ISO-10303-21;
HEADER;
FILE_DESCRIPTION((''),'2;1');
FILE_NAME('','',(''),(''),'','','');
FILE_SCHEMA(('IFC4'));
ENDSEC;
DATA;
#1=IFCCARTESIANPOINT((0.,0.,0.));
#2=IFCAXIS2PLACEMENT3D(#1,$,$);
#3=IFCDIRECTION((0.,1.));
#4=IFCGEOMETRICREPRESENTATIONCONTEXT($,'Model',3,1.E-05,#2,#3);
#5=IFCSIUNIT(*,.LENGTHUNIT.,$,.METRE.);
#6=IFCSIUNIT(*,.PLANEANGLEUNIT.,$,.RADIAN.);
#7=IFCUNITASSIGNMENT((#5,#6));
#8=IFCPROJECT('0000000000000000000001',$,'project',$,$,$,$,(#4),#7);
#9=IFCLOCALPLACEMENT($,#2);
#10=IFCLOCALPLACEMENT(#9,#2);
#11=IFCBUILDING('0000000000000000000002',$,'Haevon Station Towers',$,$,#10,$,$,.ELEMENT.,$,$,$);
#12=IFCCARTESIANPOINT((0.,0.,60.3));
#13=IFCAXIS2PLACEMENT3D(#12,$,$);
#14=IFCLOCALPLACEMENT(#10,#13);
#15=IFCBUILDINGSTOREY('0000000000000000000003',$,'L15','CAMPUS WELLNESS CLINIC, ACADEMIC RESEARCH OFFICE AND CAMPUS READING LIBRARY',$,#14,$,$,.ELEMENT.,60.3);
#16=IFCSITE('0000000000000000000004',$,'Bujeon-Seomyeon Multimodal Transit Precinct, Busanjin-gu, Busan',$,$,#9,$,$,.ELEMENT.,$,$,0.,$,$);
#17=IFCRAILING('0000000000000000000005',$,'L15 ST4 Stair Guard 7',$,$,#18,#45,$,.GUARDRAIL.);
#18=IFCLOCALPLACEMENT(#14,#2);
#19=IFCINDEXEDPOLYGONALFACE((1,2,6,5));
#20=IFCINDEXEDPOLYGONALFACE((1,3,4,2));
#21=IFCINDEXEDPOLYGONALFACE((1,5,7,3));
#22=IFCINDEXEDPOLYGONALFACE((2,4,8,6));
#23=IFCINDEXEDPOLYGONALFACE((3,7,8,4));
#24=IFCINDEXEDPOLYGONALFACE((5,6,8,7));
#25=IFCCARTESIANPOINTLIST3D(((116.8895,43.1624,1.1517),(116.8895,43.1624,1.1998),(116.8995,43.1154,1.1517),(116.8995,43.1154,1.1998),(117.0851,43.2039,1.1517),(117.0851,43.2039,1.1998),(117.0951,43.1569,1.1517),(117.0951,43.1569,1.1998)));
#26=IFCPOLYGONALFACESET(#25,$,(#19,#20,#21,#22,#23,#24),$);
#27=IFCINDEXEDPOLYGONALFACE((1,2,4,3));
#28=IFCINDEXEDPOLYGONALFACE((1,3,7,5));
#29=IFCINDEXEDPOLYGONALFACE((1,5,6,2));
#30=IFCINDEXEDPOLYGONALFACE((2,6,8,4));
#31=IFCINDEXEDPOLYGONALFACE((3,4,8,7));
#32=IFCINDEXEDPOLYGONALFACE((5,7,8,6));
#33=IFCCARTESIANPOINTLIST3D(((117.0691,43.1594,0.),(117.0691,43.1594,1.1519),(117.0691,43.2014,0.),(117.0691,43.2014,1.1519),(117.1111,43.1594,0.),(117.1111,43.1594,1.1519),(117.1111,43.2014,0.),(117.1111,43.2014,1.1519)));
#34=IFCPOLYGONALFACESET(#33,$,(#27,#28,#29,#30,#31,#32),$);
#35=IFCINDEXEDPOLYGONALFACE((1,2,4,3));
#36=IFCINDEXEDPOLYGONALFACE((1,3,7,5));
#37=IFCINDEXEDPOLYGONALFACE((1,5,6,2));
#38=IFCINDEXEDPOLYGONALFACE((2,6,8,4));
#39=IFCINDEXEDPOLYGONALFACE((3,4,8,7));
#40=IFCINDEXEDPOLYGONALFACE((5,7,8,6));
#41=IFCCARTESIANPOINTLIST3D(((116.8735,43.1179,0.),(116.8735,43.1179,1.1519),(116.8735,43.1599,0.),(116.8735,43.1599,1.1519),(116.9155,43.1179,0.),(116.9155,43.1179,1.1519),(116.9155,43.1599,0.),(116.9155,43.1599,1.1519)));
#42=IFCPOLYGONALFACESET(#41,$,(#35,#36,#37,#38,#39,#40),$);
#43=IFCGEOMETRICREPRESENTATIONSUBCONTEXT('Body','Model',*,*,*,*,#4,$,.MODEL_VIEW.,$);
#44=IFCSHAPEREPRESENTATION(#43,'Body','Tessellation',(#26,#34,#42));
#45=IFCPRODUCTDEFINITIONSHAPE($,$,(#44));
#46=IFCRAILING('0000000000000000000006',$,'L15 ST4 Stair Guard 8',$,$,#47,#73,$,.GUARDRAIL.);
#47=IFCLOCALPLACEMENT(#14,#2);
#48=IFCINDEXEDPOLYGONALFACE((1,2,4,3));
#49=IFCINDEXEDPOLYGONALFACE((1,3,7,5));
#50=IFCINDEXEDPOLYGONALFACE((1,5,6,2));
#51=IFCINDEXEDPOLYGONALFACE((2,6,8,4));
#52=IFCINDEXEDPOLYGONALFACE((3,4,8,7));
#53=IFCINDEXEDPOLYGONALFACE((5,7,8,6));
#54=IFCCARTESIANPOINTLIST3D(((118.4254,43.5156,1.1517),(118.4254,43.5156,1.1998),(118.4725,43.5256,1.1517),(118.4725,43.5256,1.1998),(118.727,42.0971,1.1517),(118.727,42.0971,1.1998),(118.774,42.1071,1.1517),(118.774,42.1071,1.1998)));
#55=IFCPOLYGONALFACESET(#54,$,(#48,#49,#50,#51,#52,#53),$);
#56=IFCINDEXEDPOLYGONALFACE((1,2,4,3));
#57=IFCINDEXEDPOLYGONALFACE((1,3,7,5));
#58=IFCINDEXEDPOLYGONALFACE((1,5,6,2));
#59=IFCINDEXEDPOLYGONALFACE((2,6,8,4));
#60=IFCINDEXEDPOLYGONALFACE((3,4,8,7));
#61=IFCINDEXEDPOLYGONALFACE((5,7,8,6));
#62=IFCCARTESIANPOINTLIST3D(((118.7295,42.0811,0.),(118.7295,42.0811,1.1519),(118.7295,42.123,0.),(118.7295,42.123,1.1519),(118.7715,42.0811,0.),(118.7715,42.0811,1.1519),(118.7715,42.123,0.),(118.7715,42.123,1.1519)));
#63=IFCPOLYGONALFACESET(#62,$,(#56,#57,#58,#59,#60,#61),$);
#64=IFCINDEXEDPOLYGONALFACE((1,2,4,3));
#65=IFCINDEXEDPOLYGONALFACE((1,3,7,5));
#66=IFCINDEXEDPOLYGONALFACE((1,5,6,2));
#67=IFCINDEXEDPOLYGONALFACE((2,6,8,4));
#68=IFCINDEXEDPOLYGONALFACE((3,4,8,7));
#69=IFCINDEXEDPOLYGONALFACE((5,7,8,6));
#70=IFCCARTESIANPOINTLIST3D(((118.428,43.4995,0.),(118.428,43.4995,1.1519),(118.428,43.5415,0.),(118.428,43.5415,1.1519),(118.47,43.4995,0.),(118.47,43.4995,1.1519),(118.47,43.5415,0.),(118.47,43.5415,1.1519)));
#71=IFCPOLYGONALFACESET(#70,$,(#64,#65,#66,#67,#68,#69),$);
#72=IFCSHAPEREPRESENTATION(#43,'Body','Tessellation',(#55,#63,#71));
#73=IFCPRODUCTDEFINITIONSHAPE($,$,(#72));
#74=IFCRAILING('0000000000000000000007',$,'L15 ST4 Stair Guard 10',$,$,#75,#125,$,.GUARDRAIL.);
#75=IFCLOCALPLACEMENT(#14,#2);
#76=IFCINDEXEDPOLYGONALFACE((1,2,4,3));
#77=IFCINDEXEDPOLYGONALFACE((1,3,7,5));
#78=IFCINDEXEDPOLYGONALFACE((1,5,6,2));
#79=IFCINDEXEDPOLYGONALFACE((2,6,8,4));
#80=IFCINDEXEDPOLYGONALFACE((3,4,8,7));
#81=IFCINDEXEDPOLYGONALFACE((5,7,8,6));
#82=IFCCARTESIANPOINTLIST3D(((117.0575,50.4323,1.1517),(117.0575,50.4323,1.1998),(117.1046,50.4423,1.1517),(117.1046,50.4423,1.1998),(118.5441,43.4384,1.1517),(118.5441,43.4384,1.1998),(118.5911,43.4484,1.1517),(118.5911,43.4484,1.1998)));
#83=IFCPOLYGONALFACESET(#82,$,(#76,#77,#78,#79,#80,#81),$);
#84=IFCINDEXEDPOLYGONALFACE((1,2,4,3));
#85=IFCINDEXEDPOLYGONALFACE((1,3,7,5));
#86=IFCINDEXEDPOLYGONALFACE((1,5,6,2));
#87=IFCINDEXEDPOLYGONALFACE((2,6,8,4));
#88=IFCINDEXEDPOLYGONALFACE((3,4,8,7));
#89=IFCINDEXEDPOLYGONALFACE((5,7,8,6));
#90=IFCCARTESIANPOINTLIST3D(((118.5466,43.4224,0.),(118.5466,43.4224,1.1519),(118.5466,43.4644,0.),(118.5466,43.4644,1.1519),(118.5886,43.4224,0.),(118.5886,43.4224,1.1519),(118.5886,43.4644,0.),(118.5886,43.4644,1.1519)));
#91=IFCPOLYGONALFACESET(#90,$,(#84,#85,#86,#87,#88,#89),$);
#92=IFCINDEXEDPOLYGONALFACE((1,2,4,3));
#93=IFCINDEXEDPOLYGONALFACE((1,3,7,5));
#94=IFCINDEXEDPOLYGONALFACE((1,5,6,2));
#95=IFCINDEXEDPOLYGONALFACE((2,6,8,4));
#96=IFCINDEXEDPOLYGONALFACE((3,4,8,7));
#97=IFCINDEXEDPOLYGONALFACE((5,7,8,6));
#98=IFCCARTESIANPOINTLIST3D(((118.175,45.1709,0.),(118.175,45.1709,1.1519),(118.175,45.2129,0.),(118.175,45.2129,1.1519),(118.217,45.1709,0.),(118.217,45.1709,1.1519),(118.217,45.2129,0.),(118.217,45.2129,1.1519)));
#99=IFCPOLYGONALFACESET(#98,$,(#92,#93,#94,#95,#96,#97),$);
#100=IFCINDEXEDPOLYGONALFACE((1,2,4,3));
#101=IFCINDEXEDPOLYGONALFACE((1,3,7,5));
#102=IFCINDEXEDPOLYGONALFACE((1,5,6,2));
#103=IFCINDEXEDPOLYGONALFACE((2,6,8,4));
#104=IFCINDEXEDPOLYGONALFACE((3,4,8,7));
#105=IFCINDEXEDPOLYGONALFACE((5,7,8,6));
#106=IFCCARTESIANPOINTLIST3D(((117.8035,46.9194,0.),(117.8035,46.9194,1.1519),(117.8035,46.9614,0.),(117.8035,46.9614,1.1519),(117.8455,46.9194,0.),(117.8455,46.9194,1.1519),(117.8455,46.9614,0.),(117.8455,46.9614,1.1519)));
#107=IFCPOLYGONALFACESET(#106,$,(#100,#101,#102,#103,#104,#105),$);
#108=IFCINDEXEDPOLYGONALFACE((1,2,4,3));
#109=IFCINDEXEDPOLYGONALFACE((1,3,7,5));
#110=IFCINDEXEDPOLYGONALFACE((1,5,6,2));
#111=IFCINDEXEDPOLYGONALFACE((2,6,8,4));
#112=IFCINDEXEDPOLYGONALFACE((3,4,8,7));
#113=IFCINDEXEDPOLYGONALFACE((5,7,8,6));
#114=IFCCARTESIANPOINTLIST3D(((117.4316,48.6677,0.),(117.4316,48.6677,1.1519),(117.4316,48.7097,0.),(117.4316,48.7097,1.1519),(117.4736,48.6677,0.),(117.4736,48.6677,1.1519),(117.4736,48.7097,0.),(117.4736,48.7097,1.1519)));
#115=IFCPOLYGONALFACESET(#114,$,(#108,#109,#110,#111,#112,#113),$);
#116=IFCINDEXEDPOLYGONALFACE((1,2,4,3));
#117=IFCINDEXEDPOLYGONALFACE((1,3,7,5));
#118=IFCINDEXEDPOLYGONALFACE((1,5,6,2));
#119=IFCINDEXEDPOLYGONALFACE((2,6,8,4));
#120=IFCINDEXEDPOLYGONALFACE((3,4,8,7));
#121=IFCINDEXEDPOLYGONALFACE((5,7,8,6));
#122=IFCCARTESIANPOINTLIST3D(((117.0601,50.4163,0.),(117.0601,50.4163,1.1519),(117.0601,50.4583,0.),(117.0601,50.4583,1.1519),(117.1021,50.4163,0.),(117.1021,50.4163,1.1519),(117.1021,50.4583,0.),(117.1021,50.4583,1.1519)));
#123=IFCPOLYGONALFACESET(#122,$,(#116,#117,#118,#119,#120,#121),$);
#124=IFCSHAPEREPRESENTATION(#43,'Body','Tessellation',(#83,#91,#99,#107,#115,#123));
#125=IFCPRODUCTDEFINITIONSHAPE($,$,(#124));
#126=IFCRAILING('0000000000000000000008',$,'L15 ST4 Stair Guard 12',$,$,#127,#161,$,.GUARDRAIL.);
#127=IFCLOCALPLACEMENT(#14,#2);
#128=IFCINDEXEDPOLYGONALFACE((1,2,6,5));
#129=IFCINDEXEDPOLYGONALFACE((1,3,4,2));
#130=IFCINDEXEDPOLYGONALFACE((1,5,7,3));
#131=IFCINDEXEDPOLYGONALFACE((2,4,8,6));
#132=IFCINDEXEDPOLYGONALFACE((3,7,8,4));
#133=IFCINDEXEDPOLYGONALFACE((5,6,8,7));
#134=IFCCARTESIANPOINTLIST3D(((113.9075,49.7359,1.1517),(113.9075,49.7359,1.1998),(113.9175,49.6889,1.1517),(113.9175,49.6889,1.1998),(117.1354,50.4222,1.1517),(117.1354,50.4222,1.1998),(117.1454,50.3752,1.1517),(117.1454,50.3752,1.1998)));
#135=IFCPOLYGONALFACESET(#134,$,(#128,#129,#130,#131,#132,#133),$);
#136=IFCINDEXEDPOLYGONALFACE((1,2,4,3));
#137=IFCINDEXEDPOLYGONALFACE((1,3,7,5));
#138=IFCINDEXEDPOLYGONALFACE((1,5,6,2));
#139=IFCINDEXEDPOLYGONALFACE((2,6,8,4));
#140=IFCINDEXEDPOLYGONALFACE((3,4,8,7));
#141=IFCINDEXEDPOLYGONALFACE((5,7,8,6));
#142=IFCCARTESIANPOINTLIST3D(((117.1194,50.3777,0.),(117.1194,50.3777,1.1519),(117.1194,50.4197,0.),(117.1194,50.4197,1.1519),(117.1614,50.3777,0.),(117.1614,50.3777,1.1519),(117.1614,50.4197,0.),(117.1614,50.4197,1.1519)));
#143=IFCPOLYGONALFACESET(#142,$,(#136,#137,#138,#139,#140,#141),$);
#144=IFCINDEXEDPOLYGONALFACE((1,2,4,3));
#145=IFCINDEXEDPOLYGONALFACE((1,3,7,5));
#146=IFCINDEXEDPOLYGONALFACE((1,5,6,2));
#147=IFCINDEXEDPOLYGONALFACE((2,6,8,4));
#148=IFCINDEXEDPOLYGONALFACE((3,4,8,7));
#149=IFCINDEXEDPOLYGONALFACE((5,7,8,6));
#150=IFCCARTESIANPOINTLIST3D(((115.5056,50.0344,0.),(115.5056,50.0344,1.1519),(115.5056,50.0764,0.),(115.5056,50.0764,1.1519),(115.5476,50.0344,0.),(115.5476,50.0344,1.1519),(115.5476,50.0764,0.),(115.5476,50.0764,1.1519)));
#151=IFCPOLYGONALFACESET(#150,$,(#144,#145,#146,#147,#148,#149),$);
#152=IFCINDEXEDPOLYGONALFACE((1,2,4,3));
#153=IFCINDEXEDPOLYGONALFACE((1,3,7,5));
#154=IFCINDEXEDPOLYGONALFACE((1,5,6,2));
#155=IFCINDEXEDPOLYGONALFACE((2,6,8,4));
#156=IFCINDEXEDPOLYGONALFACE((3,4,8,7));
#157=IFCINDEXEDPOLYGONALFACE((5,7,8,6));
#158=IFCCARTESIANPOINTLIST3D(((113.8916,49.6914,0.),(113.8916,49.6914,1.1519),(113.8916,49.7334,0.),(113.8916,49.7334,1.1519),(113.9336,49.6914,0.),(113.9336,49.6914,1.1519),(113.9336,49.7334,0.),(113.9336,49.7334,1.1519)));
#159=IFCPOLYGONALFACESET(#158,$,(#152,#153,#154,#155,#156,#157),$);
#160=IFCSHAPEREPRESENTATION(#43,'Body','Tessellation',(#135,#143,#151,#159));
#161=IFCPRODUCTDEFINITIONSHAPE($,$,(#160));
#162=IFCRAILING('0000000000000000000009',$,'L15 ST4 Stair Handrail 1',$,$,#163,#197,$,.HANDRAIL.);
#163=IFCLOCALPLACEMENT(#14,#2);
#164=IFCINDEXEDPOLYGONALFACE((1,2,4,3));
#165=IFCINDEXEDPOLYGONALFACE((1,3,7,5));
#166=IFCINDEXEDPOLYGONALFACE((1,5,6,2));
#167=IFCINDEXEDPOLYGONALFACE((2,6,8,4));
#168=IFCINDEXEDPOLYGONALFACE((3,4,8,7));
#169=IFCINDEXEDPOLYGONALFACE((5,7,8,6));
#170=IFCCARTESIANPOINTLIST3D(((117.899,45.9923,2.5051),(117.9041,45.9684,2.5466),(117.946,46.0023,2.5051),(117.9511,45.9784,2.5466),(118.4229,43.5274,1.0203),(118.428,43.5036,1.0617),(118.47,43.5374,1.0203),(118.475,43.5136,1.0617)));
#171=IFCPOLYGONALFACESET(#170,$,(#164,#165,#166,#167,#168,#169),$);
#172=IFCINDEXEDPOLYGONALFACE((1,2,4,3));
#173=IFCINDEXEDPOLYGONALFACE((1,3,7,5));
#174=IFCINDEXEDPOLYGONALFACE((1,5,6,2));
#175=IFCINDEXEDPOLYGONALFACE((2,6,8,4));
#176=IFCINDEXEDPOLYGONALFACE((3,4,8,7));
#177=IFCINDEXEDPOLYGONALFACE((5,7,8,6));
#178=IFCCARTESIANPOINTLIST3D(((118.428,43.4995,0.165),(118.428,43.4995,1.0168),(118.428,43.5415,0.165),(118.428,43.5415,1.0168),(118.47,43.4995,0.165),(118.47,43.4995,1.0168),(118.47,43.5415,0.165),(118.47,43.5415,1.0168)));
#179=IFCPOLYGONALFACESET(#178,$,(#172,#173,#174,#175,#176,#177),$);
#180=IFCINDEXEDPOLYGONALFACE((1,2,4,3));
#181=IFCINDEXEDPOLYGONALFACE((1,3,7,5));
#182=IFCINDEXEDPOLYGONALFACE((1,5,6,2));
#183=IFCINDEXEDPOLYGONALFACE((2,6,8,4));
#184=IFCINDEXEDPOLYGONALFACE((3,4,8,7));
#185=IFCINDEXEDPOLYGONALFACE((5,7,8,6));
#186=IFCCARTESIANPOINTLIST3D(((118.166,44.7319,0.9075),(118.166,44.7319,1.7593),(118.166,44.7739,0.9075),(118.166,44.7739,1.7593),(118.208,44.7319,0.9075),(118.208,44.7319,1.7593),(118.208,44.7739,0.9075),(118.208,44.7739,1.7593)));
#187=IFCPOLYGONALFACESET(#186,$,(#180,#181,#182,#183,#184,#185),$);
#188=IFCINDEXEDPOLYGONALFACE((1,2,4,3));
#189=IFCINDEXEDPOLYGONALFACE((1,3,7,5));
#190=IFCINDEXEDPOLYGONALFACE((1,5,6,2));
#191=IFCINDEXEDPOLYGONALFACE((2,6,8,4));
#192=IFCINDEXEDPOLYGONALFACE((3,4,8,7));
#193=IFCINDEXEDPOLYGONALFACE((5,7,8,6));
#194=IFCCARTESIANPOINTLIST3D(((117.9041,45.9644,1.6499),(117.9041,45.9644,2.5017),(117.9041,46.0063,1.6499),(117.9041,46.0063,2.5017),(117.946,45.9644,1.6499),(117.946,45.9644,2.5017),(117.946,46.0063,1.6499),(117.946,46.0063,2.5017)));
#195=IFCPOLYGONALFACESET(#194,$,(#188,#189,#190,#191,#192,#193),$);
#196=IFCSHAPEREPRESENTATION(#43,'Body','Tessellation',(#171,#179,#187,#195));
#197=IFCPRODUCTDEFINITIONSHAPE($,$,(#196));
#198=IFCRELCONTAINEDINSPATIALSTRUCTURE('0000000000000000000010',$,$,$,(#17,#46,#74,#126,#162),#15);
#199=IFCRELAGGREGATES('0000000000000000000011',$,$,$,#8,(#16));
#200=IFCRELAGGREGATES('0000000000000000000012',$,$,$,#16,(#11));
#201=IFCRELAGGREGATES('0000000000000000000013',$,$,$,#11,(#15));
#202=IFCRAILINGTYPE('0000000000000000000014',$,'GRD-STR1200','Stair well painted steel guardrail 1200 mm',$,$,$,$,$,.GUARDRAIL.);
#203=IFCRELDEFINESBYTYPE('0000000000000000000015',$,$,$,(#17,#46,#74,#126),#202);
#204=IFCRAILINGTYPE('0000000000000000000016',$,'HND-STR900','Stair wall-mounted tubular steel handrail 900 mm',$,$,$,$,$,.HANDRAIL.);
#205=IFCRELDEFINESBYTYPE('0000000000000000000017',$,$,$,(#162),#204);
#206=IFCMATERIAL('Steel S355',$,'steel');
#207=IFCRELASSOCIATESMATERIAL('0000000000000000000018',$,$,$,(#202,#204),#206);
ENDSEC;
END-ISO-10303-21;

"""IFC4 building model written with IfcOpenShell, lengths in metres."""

from ifc_helpers import new_model, si_unit, direction, frame, origin, origin_2d, place, context, subcontext, project, spatial, rectangle, extrude, material, type_object, element, save


model = new_model("IFC4")

# Units and contexts
model_context = context("Model", 3, precision=1e-05, world=origin(), true_north=direction((0.0, 1.0)))
body_context = subcontext(model_context, "Body", "Model", "MODEL_VIEW")
ifc_project = project(units=[si_unit("LENGTHUNIT", "METRE"), si_unit("PLANEANGLEUNIT", "RADIAN")], contexts=[model_context])

# Site, building, storey
site_placement = place(None, origin())
site = spatial("IfcSite", under=ifc_project, at=site_placement, Name="Bujeon-Seomyeon Multimodal Transit Precinct, Busanjin-gu, Busan", CompositionType="ELEMENT", RefElevation=0.0)
building_placement = place(site_placement, origin())
building = spatial("IfcBuilding", under=site, at=building_placement, Name="Haevon Station Towers", CompositionType="ELEMENT")
storey_placement = place(building_placement, frame((0.0, 0.0, 60.3)))
storey = spatial("IfcBuildingStorey", under=building, at=storey_placement, Name="L15", Description="CAMPUS WELLNESS CLINIC, ACADEMIC RESEARCH OFFICE AND CAMPUS READING LIBRARY", CompositionType="ELEMENT", Elevation=60.3)

# Shared definitions
ifc_material_1 = material(Name="Steel S355", Category="steel")

# Railings
railing_type_1 = type_object("IfcRailingType", Name="GRD-STR1200", Description="Stair well painted steel guardrail 1200 mm", PredefinedType="GUARDRAIL", material=ifc_material_1)
railing_1_placement = place(storey_placement, frame((117.0901, 43.1804, 0.0)))
element("IfcRailing", 1, at=railing_1_placement, inside=storey, type_object=railing_type_1, Name="L15 ST4 Stair Guard 7", PredefinedType="GUARDRAIL", context=body_context, shape_type="SweptSolid", body=[
    extrude(rectangle(XDim=0.0481, YDim=0.0481, at=origin_2d()), frame((0.0, 0.0, 1.1758), z_axis=(-0.978212, -0.20761, 0.0), x_axis=(0.20761, -0.978212, 0.0)), (0.0, 0.0, 1.0), 0.2),
    extrude(rectangle(XDim=0.042, YDim=0.042, at=origin_2d()), origin(), (0.0, 0.0, 1.0), 1.1519),
    extrude(rectangle(XDim=0.042, YDim=0.042, at=origin_2d()), frame((-0.1956, -0.0415, 0.0)), (0.0, 0.0, 1.0), 1.1519),
])
railing_2_placement = place(storey_placement, frame((118.7505, 42.1021, 0.0)))
element("IfcRailing", 2, at=railing_2_placement, inside=storey, type_object=railing_type_1, Name="L15 ST4 Stair Guard 8", PredefinedType="GUARDRAIL", context=body_context, shape_type="SweptSolid", body=[
    extrude(rectangle(XDim=0.0481, YDim=0.0481, at=origin_2d()), frame((0.0, 0.0, 1.1758), z_axis=(-0.207919, 0.978146, 0.0), x_axis=(-0.978146, -0.207919, 0.0)), (0.0, 0.0, 1.0), 1.4502),
    extrude(rectangle(XDim=0.042, YDim=0.042, at=origin_2d()), origin(), (0.0, 0.0, 1.0), 1.1519),
    extrude(rectangle(XDim=0.042, YDim=0.042, at=origin_2d()), frame((-0.3015, 1.4185, 0.0)), (0.0, 0.0, 1.0), 1.1519),
])
railing_3_placement = place(storey_placement, frame((118.5676, 43.4434, 0.0)))
element("IfcRailing", 3, at=railing_3_placement, inside=storey, type_object=railing_type_1, Name="L15 ST4 Stair Guard 10", PredefinedType="GUARDRAIL", context=body_context, shape_type="SweptSolid", body=[
    extrude(rectangle(XDim=0.0481, YDim=0.0481, at=origin_2d()), frame((0.0, 0.0, 1.1758), z_axis=(-0.207908, 0.978148, 0.0), x_axis=(-0.978148, -0.207908, 0.0)), (0.0, 0.0, 1.0), 7.1501),
    extrude(rectangle(XDim=0.042, YDim=0.042, at=origin_2d()), origin(), (0.0, 0.0, 1.0), 1.1519),
    extrude(rectangle(XDim=0.042, YDim=0.042, at=origin_2d()), frame((-0.3716, 1.7485, 0.0)), (0.0, 0.0, 1.0), 1.1519),
    extrude(rectangle(XDim=0.042, YDim=0.042, at=origin_2d()), frame((-0.7432, 3.4971, 0.0)), (0.0, 0.0, 1.0), 1.1519),
    extrude(rectangle(XDim=0.042, YDim=0.042, at=origin_2d()), frame((-1.115, 5.2454, 0.0)), (0.0, 0.0, 1.0), 1.1519),
    extrude(rectangle(XDim=0.042, YDim=0.042, at=origin_2d()), frame((-1.4866, 6.9939, 0.0)), (0.0, 0.0, 1.0), 1.1519),
])
railing_4_placement = place(storey_placement, frame((117.1404, 50.3987, 0.0)))
element("IfcRailing", 4, at=railing_4_placement, inside=storey, type_object=railing_type_1, Name="L15 ST4 Stair Guard 12", PredefinedType="GUARDRAIL", context=body_context, shape_type="SweptSolid", body=[
    extrude(rectangle(XDim=0.0481, YDim=0.0481, at=origin_2d()), frame((0.0, 0.0, 1.1758), z_axis=(-0.978136, -0.207968, 0.0), x_axis=(0.207968, -0.978136, 0.0)), (0.0, 0.0, 1.0), 3.3),
    extrude(rectangle(XDim=0.042, YDim=0.042, at=origin_2d()), origin(), (0.0, 0.0, 1.0), 1.1519),
    extrude(rectangle(XDim=0.042, YDim=0.042, at=origin_2d()), frame((-1.6138, -0.3433, 0.0)), (0.0, 0.0, 1.0), 1.1519),
    extrude(rectangle(XDim=0.042, YDim=0.042, at=origin_2d()), frame((-3.2278, -0.6863, 0.0)), (0.0, 0.0, 1.0), 1.1519),
])
railing_type_2 = type_object("IfcRailingType", Name="HND-STR900", Description="Stair wall-mounted tubular steel handrail 900 mm", PredefinedType="HANDRAIL", material=ifc_material_1)
railing_5_placement = place(storey_placement, frame((118.449, 43.5205, 0.165)))
element("IfcRailing", 5, at=railing_5_placement, inside=storey, type_object=railing_type_2, Name="L15 ST4 Stair Handrail 1", PredefinedType="HANDRAIL", context=body_context, shape_type="SweptSolid", body=[
    extrude(rectangle(XDim=0.0481, YDim=0.0481, at=origin_2d()), frame((0.0, 0.0, 0.876), z_axis=(-0.179129, 0.842724, 0.507671), x_axis=(-0.978147, -0.207914, 0.0)), (0.0, 0.0, 1.0), 2.9248),
    extrude(rectangle(XDim=0.042, YDim=0.042, at=origin_2d()), origin(), (0.0, 0.0, 1.0), 0.8518),
    extrude(rectangle(XDim=0.042, YDim=0.042, at=origin_2d()), frame((-0.262, 1.2324, 0.7424)), (0.0, 0.0, 1.0), 0.8518),
    extrude(rectangle(XDim=0.042, YDim=0.042, at=origin_2d()), frame((-0.5239, 2.4648, 1.4849)), (0.0, 0.0, 1.0), 0.8518),
])

save(model, "model.ifc")
